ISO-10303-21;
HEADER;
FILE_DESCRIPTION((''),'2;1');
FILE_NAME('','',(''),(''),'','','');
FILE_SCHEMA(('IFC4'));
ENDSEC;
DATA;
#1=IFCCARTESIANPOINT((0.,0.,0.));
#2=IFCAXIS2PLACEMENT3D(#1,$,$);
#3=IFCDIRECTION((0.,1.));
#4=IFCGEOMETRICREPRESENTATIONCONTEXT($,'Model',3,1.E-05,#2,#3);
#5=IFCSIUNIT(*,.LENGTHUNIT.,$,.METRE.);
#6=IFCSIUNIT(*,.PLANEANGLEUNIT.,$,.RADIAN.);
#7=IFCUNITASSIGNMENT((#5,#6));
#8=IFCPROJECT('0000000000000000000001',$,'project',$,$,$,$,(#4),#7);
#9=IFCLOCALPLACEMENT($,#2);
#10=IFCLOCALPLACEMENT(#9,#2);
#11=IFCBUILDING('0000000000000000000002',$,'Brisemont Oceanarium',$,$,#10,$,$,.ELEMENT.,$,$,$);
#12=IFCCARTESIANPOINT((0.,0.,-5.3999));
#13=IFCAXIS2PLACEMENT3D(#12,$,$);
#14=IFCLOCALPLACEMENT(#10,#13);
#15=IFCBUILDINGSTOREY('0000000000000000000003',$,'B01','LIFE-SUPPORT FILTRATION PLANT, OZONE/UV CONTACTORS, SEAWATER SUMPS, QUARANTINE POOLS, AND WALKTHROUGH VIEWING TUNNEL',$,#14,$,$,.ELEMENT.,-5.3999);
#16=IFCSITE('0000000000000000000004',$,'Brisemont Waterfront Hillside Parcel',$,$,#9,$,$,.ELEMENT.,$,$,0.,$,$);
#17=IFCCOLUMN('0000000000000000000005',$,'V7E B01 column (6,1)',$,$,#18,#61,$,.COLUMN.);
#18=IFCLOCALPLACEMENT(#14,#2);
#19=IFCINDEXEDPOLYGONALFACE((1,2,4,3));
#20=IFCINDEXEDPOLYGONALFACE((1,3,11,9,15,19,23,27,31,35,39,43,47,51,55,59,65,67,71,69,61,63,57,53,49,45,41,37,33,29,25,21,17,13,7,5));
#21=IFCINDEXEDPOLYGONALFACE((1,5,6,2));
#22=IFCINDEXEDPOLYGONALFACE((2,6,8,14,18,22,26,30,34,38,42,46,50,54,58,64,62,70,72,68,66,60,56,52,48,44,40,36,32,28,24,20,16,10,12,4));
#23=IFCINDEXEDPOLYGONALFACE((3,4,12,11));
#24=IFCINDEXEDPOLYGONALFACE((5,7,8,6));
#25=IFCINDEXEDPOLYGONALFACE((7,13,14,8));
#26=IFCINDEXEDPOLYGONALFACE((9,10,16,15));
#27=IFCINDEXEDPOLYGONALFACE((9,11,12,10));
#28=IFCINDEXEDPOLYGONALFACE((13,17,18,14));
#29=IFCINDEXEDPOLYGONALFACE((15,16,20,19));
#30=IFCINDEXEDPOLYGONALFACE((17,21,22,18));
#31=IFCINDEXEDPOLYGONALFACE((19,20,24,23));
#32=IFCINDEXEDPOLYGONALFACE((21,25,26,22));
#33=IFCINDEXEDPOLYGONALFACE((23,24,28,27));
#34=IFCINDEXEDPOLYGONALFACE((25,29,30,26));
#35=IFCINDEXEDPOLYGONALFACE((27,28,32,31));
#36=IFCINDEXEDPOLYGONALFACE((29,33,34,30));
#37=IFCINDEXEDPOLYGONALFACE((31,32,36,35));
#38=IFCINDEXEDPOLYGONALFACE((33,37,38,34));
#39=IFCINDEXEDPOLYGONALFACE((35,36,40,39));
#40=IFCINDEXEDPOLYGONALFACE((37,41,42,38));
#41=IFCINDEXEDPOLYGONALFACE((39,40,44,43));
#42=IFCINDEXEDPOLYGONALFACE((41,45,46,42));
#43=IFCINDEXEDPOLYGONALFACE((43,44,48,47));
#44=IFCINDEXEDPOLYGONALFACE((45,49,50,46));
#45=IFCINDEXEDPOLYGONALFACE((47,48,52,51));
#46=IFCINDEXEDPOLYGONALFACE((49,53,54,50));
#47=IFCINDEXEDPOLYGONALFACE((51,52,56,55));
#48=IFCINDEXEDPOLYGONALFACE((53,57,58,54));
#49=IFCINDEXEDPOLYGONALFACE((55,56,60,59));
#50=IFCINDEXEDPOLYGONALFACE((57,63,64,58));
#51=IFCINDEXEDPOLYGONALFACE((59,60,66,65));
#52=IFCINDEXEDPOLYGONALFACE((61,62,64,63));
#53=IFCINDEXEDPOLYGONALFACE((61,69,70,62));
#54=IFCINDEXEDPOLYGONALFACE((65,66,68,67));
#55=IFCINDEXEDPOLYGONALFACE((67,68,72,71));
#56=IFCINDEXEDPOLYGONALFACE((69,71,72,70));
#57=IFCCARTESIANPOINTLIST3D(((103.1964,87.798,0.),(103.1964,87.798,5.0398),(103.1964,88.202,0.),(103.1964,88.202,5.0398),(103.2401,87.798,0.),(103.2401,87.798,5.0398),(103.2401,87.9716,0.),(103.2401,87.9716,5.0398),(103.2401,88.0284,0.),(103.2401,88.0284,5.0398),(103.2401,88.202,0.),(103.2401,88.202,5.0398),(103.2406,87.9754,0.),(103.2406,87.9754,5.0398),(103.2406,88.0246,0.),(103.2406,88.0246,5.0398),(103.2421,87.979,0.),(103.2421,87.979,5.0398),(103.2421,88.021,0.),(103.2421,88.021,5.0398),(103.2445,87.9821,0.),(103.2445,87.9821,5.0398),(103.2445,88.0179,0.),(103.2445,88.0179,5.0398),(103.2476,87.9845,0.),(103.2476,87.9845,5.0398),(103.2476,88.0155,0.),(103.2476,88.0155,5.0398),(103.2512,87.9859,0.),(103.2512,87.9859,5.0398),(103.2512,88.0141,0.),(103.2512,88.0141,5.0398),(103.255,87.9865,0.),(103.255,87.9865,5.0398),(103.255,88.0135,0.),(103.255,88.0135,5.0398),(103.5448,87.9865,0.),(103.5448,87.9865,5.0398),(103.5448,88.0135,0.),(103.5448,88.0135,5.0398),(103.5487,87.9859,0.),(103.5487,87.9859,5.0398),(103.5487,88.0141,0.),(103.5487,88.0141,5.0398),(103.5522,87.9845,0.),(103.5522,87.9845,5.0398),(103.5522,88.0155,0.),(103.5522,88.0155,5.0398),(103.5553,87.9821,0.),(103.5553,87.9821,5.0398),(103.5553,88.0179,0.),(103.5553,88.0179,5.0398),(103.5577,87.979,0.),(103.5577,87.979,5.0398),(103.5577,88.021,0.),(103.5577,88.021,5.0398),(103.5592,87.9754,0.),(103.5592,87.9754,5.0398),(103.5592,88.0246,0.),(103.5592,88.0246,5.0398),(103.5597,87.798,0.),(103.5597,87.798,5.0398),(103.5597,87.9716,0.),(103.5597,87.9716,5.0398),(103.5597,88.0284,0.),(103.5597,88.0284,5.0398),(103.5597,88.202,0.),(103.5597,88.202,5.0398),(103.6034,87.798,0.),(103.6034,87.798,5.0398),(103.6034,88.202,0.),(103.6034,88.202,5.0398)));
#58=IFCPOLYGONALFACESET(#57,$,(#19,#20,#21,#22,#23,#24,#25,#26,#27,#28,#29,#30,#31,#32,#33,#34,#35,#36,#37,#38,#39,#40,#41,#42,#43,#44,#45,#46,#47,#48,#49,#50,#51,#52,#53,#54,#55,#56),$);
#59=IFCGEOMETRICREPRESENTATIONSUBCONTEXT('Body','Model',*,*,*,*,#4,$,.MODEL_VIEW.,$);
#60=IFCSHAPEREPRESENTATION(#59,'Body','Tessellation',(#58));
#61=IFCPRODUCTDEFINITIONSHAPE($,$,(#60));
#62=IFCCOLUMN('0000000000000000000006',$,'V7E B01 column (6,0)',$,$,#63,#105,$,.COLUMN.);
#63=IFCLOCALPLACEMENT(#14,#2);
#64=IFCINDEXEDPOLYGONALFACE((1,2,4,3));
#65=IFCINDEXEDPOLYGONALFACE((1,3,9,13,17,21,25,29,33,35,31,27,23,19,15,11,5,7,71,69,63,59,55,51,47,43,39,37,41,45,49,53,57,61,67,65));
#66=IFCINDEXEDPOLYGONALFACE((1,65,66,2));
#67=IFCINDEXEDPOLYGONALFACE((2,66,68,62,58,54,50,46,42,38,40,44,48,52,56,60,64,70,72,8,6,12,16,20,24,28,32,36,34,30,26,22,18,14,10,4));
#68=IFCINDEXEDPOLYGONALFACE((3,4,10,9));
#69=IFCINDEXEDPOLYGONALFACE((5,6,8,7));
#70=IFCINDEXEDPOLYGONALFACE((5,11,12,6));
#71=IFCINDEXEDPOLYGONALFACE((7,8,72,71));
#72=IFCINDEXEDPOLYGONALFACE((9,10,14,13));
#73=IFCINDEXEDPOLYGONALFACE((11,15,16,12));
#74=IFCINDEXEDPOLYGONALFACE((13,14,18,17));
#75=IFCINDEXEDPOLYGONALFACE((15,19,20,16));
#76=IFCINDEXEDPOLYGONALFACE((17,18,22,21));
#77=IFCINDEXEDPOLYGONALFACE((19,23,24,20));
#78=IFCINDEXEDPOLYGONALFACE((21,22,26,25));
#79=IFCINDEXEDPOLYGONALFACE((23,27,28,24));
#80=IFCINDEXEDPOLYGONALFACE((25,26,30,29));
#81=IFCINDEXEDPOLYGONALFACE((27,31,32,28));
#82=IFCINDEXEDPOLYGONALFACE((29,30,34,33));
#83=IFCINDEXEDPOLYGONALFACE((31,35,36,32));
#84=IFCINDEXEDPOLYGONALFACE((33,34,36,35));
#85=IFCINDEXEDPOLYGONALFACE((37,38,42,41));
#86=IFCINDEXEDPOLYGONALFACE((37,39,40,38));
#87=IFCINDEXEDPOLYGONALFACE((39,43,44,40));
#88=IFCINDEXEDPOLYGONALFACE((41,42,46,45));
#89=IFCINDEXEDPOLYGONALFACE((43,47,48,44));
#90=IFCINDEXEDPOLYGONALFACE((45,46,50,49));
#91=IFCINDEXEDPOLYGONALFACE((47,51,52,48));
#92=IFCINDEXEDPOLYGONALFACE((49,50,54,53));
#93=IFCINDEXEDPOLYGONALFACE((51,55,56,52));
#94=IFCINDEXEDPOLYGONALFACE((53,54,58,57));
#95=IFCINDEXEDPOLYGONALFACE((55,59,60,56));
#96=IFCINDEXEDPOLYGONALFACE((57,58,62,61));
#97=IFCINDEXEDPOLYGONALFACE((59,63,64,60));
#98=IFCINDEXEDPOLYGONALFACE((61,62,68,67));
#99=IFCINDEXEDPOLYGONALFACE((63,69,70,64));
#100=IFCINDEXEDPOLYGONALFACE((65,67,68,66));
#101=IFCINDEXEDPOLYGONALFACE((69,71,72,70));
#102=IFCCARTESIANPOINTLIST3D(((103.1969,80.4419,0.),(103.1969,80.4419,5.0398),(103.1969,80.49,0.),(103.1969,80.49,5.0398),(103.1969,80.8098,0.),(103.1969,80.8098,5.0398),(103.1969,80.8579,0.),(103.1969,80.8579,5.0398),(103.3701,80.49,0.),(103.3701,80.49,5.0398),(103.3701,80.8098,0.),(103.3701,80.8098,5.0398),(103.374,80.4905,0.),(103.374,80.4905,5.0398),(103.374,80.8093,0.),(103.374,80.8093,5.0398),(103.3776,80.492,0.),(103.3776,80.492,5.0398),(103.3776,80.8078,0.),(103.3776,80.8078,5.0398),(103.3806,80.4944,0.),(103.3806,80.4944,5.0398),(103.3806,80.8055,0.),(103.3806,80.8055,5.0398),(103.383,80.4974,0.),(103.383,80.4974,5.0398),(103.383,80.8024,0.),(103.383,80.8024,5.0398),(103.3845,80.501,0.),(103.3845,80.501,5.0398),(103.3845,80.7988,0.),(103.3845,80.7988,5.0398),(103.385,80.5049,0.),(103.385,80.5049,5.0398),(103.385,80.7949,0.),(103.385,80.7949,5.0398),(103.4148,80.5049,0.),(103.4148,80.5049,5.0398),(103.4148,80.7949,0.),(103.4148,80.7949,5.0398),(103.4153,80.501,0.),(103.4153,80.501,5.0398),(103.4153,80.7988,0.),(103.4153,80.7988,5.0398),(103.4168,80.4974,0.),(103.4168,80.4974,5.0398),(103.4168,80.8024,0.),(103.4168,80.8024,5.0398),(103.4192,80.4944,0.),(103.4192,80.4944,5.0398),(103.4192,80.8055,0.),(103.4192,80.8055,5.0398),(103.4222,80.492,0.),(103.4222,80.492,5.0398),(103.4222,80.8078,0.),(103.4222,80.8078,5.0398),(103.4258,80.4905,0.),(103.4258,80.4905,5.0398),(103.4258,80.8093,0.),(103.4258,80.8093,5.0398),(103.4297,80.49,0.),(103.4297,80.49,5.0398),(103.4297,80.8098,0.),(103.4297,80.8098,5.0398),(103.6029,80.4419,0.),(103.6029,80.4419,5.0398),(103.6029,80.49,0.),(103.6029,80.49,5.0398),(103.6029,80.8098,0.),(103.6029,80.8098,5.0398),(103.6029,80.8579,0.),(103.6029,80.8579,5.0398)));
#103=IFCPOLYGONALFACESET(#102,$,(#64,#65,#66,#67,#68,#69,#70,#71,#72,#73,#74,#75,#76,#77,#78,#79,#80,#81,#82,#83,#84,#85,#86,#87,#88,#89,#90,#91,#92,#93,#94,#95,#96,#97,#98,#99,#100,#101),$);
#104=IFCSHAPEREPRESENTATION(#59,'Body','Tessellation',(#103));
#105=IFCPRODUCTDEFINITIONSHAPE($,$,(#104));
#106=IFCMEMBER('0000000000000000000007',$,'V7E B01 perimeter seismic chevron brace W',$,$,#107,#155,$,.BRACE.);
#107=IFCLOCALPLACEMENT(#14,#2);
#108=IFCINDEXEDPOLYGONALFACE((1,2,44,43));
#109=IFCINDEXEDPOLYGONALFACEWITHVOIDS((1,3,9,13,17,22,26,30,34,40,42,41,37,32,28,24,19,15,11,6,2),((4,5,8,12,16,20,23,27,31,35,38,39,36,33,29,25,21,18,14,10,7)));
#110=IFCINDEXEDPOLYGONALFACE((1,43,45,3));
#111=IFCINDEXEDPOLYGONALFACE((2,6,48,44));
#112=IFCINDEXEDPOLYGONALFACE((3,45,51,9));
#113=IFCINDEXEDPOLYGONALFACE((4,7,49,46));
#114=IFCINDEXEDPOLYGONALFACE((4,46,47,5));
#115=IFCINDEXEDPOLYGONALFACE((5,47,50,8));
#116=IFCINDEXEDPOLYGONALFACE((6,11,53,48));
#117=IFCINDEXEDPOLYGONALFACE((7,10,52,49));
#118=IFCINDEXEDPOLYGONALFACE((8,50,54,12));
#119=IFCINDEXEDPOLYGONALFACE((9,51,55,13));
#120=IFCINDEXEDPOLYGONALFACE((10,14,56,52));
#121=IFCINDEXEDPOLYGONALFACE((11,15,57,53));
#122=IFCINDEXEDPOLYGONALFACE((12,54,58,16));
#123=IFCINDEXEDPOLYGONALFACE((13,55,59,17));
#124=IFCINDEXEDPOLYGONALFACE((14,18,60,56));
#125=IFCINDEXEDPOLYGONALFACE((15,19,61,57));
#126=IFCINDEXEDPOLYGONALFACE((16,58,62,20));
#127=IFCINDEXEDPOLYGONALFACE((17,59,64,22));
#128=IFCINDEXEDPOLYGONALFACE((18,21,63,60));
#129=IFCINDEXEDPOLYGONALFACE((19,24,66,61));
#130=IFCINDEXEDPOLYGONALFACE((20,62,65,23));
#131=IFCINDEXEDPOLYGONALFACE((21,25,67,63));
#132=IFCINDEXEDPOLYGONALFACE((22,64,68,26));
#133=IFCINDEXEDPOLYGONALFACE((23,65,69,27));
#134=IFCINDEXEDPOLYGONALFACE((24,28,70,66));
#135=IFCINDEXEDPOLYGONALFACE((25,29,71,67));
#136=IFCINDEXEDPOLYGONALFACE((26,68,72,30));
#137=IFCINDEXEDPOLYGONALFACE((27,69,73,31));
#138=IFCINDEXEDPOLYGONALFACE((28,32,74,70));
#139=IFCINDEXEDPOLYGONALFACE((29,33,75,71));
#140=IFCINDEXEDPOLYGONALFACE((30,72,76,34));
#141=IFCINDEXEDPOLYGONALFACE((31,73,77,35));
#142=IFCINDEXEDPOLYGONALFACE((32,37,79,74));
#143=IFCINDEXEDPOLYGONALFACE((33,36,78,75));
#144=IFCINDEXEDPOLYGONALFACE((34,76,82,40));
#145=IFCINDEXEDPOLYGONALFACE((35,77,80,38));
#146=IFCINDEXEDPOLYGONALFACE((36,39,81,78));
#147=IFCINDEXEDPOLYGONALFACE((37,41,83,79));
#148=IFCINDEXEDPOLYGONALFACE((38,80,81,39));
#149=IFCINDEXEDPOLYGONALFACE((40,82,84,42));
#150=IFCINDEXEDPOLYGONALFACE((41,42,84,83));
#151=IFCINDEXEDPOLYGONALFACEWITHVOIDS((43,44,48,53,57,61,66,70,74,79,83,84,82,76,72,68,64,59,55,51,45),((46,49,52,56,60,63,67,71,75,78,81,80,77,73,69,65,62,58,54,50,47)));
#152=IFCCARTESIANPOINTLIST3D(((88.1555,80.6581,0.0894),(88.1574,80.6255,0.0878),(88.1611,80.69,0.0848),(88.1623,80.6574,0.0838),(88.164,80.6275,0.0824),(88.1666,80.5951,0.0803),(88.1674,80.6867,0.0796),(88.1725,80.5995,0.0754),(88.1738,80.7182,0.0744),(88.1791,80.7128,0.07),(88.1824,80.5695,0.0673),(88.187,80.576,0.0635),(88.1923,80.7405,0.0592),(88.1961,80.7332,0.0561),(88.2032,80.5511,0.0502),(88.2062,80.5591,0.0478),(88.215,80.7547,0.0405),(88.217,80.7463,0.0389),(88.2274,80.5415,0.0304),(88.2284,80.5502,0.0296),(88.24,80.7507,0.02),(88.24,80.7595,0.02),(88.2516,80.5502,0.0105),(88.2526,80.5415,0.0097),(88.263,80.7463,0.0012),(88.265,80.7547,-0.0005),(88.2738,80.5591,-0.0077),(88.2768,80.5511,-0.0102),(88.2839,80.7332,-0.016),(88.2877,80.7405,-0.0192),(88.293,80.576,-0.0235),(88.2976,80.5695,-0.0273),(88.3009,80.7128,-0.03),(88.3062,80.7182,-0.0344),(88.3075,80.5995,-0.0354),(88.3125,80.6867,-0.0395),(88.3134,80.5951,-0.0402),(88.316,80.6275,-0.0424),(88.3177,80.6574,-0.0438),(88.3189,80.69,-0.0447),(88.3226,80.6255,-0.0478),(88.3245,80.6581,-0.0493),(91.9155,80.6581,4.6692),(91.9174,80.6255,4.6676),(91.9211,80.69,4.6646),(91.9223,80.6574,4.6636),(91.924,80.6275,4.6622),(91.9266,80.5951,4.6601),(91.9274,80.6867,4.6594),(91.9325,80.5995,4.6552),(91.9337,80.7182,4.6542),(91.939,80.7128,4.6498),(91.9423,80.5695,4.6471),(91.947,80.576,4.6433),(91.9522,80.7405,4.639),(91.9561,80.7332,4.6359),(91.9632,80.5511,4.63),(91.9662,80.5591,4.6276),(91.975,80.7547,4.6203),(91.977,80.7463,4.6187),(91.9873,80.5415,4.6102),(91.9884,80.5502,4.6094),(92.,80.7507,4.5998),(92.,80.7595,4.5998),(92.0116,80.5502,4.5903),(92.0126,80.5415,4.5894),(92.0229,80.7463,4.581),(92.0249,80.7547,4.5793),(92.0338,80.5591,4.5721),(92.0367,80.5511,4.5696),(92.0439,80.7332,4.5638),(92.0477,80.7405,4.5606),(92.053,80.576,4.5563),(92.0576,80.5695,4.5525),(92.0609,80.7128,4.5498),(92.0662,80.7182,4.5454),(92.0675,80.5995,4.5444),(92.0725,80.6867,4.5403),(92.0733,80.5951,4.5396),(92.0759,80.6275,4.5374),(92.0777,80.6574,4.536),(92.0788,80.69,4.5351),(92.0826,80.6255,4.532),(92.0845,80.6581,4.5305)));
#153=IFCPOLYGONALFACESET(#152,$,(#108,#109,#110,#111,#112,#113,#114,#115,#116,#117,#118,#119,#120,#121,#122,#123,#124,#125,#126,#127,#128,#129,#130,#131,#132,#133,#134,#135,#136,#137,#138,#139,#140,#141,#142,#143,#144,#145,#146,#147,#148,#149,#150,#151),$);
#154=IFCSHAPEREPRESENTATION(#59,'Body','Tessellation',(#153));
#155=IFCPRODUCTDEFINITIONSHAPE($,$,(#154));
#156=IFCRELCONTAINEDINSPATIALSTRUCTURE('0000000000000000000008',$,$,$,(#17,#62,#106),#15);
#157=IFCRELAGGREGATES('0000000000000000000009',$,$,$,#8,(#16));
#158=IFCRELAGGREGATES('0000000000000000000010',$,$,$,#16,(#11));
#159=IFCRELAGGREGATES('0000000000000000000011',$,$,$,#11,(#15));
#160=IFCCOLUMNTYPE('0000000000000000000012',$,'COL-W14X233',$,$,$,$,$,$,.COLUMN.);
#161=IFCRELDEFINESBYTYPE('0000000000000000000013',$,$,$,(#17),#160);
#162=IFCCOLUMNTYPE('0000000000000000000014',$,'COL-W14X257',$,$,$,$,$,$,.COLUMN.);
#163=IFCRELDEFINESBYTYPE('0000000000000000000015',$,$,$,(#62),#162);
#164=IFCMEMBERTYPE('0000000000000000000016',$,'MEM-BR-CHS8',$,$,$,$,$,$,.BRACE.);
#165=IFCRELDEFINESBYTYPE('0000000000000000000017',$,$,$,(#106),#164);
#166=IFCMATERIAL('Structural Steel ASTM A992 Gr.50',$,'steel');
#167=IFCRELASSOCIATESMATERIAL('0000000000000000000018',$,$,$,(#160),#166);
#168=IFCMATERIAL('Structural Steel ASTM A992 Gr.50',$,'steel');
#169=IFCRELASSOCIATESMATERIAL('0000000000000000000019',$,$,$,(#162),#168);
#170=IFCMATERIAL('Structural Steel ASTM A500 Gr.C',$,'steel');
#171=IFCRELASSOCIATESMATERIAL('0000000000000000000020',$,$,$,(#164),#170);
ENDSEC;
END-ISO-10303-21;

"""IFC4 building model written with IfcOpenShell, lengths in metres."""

from ifc_helpers import new_model, si_unit, direction, frame, origin, origin_2d, place, context, subcontext, project, spatial, hollow_circle, i_section, extrude, material, material_profile, profile_set, type_object, element, save


model = new_model("IFC4")

# Units and contexts
model_context = context("Model", 3, precision=1e-05, world=origin(), true_north=direction((0.0, 1.0)))
body_context = subcontext(model_context, "Body", "Model", "MODEL_VIEW")
ifc_project = project(units=[si_unit("LENGTHUNIT", "METRE"), si_unit("PLANEANGLEUNIT", "RADIAN")], contexts=[model_context])

# Site, building, storey
site_placement = place(None, origin())
site = spatial("IfcSite", under=ifc_project, at=site_placement, Name="Brisemont Waterfront Hillside Parcel", CompositionType="ELEMENT", RefElevation=0.0)
building_placement = place(site_placement, origin())
building = spatial("IfcBuilding", under=site, at=building_placement, Name="Brisemont Oceanarium", CompositionType="ELEMENT")
storey_placement = place(building_placement, frame((0.0, 0.0, -5.3999)))
storey = spatial("IfcBuildingStorey", under=building, at=storey_placement, Name="B01", Description="LIFE-SUPPORT FILTRATION PLANT, OZONE/UV CONTACTORS, SEAWATER SUMPS, QUARANTINE POOLS, AND WALKTHROUGH VIEWING TUNNEL", CompositionType="ELEMENT", Elevation=-5.3999)

# Columns
ifc_material_1 = material(Name="Structural Steel ASTM A992 Gr.50", Category="steel")
ifc_material_profile_1 = material_profile(ifc_material_1, i_section(OverallWidth=0.4041, OverallDepth=0.407, WebThickness=0.0271, FlangeThickness=0.0437, FilletRadius=0.0149, at=origin_2d()), Name="W14X233")
ifc_profile_set_1 = profile_set([ifc_material_profile_1], Name="Structural Steel ASTM A992 Gr.50")
column_type_1 = type_object("IfcColumnType", Name="COL-W14X233", PredefinedType="COLUMN", material=ifc_profile_set_1)
column_1_placement = place(storey_placement, frame((103.3999, 88.0, 0.0), z_axis=(0.0, 0.0, 1.0), x_axis=(0.0, 1.0, 0.0)))
element("IfcColumn", 1, at=column_1_placement, inside=storey, type_object=column_type_1, Name="V7E B01 column (6,1)", PredefinedType="COLUMN", context=body_context, shape_type="SweptSolid", body=[
    extrude(i_section(OverallWidth=0.4041, OverallDepth=0.407, WebThickness=0.0271, FlangeThickness=0.0437, FilletRadius=0.0149, at=origin_2d()), origin(), (0.0, 0.0, 1.0), 5.0398),
])
ifc_material_2 = material(Name="Structural Steel ASTM A992 Gr.50", Category="steel")
ifc_material_profile_2 = material_profile(ifc_material_2, i_section(OverallWidth=0.406, OverallDepth=0.416, WebThickness=0.0298, FlangeThickness=0.0481, FilletRadius=0.0149, at=origin_2d()), Name="W14X257")
ifc_profile_set_2 = profile_set([ifc_material_profile_2], Name="Structural Steel ASTM A992 Gr.50")
column_type_2 = type_object("IfcColumnType", Name="COL-W14X257", PredefinedType="COLUMN", material=ifc_profile_set_2)
column_2_placement = place(storey_placement, frame((103.3999, 80.6499, 0.0), z_axis=(0.0, 0.0, 1.0), x_axis=(1.0, 0.0, 0.0)))
element("IfcColumn", 2, at=column_2_placement, inside=storey, type_object=column_type_2, Name="V7E B01 column (6,0)", PredefinedType="COLUMN", context=body_context, shape_type="SweptSolid", body=[
    extrude(i_section(OverallWidth=0.406, OverallDepth=0.416, WebThickness=0.0298, FlangeThickness=0.0481, FilletRadius=0.0149, at=origin_2d()), origin(), (0.0, 0.0, 1.0), 5.0398),
])

# Member
ifc_material_3 = material(Name="Structural Steel ASTM A500 Gr.C", Category="steel")
ifc_material_profile_3 = material_profile(ifc_material_3, hollow_circle(Radius=0.1096, WallThickness=0.0088, at=origin_2d()), Name="HSS8.625X0.375")
ifc_profile_set_3 = profile_set([ifc_material_profile_3], Name="Structural Steel ASTM A500 Gr.C")
member_type = type_object("IfcMemberType", Name="MEM-BR-CHS8", PredefinedType="BRACE", material=ifc_profile_set_3)
for number, where, z_axis, x_axis, name in (
    (3, (88.24, 80.6499, 0.02), (0.634538, 0.0, 0.772892), (0.0, 1.0, 0.0), "V7E B01 perimeter seismic chevron brace W"),
):
    element("IfcMember", number, at=place(storey_placement, frame(where, z_axis=z_axis, x_axis=x_axis)), inside=storey, type_object=member_type, Name=name, PredefinedType="BRACE", context=body_context, shape_type="SweptSolid", body=[
        extrude(hollow_circle(Radius=0.1096, WallThickness=0.0088, at=origin_2d()), origin(), (0.0, 0.0, 1.0), 5.9255),
    ])

save(model, "model.ifc")
